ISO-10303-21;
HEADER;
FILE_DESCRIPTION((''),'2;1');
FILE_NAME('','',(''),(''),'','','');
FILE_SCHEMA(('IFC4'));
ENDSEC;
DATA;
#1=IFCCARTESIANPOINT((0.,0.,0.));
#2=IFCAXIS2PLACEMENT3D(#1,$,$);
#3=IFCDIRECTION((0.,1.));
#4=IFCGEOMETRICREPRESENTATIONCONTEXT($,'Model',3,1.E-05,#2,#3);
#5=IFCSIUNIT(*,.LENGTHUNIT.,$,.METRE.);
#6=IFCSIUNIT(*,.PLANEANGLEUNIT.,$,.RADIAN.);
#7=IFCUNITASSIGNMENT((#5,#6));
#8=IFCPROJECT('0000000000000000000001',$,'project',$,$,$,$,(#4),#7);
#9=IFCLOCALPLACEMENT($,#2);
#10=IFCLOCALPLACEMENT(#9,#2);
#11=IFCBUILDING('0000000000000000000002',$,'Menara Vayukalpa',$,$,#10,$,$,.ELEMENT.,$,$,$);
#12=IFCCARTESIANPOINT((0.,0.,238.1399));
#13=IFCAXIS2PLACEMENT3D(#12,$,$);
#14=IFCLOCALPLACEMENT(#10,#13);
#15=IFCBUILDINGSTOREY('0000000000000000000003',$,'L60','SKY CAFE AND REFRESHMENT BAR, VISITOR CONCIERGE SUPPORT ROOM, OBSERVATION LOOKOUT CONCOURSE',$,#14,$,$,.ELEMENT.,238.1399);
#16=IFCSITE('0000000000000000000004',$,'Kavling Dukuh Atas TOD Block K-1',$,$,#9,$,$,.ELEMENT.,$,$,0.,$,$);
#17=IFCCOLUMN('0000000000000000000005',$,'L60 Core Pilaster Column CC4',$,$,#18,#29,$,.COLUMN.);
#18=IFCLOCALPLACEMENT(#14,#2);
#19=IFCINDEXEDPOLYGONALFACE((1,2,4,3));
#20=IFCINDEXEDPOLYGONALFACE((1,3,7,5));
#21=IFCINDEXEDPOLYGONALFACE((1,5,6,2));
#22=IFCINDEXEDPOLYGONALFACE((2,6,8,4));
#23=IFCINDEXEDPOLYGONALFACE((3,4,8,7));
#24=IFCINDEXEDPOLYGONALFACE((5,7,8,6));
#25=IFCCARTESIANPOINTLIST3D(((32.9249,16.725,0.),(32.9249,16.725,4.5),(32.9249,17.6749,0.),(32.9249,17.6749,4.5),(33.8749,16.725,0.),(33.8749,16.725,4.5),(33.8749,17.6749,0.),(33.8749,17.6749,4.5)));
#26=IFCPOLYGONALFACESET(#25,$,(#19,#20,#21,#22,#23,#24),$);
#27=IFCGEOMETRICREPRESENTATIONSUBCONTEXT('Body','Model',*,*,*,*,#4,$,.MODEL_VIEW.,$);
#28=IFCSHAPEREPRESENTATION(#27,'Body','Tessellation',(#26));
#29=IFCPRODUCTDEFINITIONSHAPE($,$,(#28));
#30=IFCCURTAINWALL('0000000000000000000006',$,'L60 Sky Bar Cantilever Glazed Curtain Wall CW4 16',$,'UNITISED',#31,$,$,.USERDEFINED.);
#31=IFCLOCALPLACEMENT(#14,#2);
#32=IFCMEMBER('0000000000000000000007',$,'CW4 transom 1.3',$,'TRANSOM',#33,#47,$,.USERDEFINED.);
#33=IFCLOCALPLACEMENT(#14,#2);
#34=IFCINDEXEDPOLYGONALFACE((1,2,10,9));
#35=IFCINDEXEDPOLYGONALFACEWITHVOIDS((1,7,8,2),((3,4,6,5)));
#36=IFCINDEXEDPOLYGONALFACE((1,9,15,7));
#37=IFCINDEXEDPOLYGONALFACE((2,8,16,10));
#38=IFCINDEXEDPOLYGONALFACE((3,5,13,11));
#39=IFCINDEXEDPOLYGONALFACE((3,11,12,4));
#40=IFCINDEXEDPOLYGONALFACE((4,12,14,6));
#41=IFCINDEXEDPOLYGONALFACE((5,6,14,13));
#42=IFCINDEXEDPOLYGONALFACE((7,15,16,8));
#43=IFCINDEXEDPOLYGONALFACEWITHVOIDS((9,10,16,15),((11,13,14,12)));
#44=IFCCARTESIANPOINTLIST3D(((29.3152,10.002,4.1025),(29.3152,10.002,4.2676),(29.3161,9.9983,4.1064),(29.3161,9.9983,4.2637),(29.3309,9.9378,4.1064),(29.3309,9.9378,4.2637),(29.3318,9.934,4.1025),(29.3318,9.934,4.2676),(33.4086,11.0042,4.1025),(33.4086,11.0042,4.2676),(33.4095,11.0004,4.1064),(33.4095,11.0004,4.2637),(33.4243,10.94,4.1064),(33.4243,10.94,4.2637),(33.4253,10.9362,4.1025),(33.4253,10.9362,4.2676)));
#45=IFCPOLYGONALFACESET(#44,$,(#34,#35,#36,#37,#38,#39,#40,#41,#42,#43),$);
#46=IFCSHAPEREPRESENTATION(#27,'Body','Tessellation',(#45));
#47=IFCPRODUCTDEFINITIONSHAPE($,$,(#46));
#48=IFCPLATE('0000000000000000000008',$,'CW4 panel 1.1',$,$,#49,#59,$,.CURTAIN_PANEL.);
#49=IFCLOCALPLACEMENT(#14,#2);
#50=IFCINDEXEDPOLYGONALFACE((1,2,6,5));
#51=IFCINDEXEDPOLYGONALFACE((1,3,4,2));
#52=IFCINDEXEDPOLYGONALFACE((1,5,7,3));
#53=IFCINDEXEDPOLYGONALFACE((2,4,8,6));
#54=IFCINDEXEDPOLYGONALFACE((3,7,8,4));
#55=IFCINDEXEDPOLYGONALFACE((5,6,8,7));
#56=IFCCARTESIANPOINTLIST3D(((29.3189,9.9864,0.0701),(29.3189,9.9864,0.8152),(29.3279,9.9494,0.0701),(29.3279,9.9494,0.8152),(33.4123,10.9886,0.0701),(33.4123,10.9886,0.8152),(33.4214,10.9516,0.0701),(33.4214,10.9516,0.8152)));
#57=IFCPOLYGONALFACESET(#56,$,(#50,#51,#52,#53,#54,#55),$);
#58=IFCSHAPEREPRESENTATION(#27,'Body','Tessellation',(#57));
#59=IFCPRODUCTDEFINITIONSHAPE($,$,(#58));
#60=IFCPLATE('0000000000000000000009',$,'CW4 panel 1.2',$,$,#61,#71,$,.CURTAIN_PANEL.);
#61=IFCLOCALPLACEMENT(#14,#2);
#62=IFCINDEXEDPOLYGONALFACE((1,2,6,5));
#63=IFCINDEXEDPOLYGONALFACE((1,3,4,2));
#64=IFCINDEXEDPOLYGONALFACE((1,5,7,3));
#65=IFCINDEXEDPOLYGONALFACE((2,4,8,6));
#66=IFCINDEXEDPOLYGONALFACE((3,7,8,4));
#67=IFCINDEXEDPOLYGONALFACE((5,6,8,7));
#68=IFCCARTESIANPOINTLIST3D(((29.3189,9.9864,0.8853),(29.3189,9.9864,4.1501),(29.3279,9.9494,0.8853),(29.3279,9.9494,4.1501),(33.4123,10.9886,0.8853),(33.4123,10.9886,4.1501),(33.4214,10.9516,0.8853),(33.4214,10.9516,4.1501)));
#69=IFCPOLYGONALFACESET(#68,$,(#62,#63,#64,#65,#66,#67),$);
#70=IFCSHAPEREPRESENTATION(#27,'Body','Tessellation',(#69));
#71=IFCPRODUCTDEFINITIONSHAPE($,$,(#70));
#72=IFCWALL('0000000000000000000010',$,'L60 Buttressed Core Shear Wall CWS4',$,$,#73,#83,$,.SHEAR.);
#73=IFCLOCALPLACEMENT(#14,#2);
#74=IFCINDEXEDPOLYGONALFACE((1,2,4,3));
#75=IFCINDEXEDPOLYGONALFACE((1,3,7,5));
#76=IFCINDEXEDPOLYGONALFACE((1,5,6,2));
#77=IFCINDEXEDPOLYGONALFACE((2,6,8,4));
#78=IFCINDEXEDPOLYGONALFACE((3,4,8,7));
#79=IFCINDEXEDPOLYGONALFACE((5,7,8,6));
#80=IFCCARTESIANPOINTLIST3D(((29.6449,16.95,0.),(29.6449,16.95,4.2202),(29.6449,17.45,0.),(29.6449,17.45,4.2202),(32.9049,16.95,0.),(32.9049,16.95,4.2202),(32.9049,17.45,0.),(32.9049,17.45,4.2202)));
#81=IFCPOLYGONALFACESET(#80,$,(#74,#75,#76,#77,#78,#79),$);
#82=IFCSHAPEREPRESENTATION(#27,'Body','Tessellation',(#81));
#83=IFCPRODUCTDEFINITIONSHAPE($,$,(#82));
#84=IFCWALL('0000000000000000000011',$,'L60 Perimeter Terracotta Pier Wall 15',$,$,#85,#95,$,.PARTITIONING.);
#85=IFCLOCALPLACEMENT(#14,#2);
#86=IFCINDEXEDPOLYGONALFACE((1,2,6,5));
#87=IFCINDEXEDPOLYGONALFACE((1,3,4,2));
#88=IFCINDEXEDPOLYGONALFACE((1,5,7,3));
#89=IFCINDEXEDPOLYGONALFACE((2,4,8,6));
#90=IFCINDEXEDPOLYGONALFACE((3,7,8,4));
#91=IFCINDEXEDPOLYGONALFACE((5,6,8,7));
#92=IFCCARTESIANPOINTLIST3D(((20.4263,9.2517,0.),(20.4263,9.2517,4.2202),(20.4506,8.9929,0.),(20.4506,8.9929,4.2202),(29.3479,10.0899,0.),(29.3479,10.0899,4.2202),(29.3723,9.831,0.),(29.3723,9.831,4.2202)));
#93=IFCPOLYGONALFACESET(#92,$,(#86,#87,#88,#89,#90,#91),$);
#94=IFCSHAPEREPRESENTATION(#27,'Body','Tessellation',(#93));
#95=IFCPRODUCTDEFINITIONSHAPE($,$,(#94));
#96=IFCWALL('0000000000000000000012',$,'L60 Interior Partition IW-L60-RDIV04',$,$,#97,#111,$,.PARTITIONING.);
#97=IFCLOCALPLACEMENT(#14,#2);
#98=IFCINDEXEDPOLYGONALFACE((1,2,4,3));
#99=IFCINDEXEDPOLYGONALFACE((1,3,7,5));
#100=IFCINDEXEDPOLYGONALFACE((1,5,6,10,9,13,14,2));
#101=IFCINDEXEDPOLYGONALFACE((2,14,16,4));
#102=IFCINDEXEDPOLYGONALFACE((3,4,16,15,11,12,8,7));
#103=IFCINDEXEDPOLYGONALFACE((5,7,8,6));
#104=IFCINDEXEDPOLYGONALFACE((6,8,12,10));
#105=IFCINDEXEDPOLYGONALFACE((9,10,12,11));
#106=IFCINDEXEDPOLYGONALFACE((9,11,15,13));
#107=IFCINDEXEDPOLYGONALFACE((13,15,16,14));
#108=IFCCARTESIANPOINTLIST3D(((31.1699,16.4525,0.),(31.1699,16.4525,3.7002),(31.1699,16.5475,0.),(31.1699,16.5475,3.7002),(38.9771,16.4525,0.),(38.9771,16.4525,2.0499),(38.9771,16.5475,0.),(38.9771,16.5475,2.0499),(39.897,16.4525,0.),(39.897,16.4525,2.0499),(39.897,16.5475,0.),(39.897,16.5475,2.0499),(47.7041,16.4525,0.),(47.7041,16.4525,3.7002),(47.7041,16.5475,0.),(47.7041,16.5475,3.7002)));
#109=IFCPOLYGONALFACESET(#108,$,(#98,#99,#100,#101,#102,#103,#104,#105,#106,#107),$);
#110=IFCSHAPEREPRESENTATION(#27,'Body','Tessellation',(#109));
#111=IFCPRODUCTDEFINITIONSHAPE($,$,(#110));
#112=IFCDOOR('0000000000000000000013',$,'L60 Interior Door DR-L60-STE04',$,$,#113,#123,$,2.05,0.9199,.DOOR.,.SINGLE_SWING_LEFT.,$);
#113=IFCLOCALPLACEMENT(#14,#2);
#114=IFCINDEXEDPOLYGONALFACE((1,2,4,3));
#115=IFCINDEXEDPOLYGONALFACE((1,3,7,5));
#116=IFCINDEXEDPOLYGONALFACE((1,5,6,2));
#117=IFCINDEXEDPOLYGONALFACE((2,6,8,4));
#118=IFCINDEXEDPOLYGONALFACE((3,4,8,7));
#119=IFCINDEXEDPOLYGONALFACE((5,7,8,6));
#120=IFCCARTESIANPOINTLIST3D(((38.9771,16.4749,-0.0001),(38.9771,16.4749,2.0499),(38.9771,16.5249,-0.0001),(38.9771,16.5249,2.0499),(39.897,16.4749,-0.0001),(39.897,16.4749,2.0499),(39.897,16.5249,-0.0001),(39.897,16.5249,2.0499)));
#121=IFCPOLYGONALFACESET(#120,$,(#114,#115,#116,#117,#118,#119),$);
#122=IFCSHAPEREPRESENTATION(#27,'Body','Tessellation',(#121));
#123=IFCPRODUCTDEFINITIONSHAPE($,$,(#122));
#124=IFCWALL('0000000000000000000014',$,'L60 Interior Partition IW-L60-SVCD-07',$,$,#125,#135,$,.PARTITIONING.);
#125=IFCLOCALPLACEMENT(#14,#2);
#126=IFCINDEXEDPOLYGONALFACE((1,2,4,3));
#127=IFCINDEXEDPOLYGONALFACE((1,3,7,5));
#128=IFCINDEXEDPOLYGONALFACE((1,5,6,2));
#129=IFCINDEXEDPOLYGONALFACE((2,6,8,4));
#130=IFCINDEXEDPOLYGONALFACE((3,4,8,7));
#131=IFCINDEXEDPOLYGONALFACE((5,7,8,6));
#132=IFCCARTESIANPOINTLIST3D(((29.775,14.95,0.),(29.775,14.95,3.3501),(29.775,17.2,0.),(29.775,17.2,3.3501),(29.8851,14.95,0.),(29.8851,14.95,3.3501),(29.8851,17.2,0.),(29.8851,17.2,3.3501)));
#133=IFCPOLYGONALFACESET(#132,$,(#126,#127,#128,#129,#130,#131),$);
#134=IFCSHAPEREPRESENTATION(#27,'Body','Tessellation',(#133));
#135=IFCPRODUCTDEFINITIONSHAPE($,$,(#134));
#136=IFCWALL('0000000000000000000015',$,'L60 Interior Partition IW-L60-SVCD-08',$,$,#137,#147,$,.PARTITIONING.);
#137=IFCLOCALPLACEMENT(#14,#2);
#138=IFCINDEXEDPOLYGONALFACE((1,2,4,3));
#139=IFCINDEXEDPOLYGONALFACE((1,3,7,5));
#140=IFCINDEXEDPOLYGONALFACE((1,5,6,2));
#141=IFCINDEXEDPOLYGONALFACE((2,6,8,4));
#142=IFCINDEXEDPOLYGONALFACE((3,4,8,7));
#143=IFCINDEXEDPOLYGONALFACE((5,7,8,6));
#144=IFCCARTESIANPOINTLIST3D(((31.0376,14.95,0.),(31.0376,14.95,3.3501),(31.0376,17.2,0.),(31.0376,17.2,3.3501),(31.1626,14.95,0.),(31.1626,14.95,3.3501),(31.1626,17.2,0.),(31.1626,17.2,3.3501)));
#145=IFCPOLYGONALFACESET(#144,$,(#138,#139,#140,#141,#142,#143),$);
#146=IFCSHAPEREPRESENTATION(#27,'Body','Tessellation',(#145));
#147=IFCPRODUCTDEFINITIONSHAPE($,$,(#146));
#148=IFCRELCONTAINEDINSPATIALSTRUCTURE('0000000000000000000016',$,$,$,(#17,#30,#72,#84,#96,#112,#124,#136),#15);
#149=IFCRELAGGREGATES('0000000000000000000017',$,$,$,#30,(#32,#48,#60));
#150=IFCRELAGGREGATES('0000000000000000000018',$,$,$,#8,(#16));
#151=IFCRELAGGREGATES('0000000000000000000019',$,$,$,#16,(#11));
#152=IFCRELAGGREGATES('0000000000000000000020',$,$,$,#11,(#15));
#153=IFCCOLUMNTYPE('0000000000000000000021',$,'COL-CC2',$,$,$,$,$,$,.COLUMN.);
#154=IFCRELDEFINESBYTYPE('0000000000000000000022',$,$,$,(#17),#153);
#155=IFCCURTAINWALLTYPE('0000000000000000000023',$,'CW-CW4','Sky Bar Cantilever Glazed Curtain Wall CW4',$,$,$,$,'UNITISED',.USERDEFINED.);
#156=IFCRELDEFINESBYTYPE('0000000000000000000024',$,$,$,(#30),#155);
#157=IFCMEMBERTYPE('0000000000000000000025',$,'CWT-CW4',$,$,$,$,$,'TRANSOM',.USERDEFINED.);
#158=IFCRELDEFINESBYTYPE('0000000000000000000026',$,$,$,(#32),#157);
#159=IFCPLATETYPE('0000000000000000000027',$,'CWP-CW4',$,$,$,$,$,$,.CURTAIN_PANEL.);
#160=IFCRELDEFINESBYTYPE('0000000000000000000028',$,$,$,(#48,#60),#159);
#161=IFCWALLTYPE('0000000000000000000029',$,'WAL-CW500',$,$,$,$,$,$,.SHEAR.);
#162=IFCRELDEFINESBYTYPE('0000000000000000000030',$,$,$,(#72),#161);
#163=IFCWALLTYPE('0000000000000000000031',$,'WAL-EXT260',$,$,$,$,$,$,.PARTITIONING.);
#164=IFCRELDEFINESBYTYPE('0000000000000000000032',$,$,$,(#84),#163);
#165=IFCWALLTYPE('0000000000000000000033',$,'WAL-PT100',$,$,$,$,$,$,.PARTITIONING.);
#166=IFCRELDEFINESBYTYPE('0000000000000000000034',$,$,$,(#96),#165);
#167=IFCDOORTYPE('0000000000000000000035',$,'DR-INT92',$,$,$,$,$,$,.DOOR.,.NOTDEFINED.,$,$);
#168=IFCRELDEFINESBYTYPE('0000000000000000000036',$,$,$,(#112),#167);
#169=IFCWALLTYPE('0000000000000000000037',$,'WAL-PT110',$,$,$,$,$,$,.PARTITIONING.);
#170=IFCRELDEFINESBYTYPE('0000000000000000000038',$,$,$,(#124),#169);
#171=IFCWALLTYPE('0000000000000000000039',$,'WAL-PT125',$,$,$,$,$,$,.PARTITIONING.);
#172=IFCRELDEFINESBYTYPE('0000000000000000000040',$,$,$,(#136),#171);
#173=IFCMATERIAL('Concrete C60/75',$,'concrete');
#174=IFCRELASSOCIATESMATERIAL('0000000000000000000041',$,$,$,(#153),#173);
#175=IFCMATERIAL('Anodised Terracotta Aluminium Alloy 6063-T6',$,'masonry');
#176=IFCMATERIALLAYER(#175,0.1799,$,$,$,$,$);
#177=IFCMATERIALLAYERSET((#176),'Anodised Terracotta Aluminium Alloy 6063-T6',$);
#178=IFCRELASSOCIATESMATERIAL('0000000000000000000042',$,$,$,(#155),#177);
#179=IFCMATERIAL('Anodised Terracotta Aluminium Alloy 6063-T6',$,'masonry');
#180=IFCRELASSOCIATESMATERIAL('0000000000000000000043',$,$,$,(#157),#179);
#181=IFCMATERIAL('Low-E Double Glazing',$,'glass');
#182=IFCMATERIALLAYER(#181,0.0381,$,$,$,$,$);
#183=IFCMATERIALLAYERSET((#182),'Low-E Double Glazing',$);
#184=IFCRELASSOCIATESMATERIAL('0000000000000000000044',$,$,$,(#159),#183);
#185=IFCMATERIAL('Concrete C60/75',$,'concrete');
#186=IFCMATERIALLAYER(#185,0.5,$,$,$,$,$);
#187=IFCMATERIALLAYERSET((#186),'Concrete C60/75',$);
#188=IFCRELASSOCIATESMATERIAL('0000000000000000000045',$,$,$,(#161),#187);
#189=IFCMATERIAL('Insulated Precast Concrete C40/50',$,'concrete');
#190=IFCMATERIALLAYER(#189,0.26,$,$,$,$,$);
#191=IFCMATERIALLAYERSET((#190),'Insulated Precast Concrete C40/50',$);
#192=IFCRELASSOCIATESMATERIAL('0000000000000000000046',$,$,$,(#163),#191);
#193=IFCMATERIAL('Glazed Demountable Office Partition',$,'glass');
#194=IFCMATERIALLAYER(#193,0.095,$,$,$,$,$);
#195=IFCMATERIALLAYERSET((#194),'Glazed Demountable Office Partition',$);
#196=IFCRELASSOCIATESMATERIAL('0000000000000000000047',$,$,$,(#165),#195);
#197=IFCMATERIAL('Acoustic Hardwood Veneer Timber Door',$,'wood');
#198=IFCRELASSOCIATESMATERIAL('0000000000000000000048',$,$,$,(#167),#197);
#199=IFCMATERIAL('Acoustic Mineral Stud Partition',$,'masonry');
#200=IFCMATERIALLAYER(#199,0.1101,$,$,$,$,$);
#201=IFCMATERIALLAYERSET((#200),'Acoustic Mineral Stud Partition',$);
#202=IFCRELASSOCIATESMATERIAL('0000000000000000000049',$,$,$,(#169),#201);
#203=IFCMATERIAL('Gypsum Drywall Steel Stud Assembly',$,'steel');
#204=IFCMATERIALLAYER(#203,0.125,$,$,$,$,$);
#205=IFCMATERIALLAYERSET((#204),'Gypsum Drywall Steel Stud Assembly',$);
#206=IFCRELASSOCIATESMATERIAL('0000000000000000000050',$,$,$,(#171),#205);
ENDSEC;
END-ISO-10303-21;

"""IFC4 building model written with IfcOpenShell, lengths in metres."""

from ifc_helpers import new_model, si_unit, direction, frame, frame_2d, origin, origin_2d, place, context, subcontext, project, spatial, rectangle, hollow_rectangle, extrude, material, layer, layer_set, material_profile, profile_set, type_object, element, fill, aggregate, save


model = new_model("IFC4")

# Units and contexts
model_context = context("Model", 3, precision=1e-05, world=origin(), true_north=direction((0.0, 1.0)))
body_context = subcontext(model_context, "Body", "Model", "MODEL_VIEW")
ifc_project = project(units=[si_unit("LENGTHUNIT", "METRE"), si_unit("PLANEANGLEUNIT", "RADIAN")], contexts=[model_context])

# Site, building, storey
site_placement = place(None, origin())
site = spatial("IfcSite", under=ifc_project, at=site_placement, Name="Kavling Dukuh Atas TOD Block K-1", CompositionType="ELEMENT", RefElevation=0.0)
building_placement = place(site_placement, origin())
building = spatial("IfcBuilding", under=site, at=building_placement, Name="Menara Vayukalpa", CompositionType="ELEMENT")
storey_placement = place(building_placement, frame((0.0, 0.0, 238.1399)))
storey = spatial("IfcBuildingStorey", under=building, at=storey_placement, Name="L60", Description="SKY CAFE AND REFRESHMENT BAR, VISITOR CONCIERGE SUPPORT ROOM, OBSERVATION LOOKOUT CONCOURSE", CompositionType="ELEMENT", Elevation=238.1399)

# Column
ifc_material_1 = material(Name="Concrete C60/75", Category="concrete")
ifc_material_profile_1 = material_profile(ifc_material_1, rectangle(XDim=0.95, YDim=0.95, at=origin_2d()), Name="RC 950x950")
ifc_profile_set_1 = profile_set([ifc_material_profile_1], Name="Concrete C60/75")
column_type = type_object("IfcColumnType", Name="COL-CC2", PredefinedType="COLUMN", material=ifc_profile_set_1)
column_placement = place(storey_placement, frame((33.3999, 17.2, 0.0), z_axis=(0.0, 0.0, 1.0), x_axis=(1.0, 0.0, 0.0)))
element("IfcColumn", 1, at=column_placement, inside=storey, type_object=column_type, Name="L60 Core Pilaster Column CC4", PredefinedType="COLUMN", context=body_context, shape_type="SweptSolid", body=[
    extrude(rectangle(XDim=0.95, YDim=0.95, at=origin_2d()), origin(), (0.0, 0.0, 1.0), 4.5),
])

# Curtain wall, member, plates
ifc_material_2 = material(Name="Anodised Terracotta Aluminium Alloy 6063-T6", Category="masonry")
ifc_layer_1 = layer(ifc_material_2, 0.1799)
ifc_layer_set_1 = layer_set([ifc_layer_1], Name="Anodised Terracotta Aluminium Alloy 6063-T6")
curtain_wall_type = type_object("IfcCurtainWallType", Name="CW-CW4", Description="Sky Bar Cantilever Glazed Curtain Wall CW4", ElementType="UNITISED", PredefinedType="USERDEFINED", material=ifc_layer_set_1)
curtain_wall_placement = place(storey_placement, origin())
curtain_wall = element("IfcCurtainWall", 2, at=curtain_wall_placement, inside=storey, type_object=curtain_wall_type, Name="L60 Sky Bar Cantilever Glazed Curtain Wall CW4 16", ObjectType="UNITISED", PredefinedType="USERDEFINED")
ifc_material_3 = material(Name="Anodised Terracotta Aluminium Alloy 6063-T6", Category="masonry")
ifc_material_profile_2 = material_profile(ifc_material_3, hollow_rectangle(XDim=0.0701, YDim=0.165, WallThickness=0.0039, at=origin_2d()), Name="ALU 70x165x4")
ifc_profile_set_2 = profile_set([ifc_material_profile_2], Name="Anodised Terracotta Aluminium Alloy 6063-T6")
member_type = type_object("IfcMemberType", Name="CWT-CW4", ElementType="TRANSOM", PredefinedType="USERDEFINED", material=ifc_profile_set_2)
member_placement = place(storey_placement, frame((29.3235, 9.968, 4.1851), z_axis=(0.971313, 0.237803, 0.0), x_axis=(-0.237803, 0.971313, 0.0)))
member = element("IfcMember", 3, at=member_placement, type_object=member_type, Name="CW4 transom 1.3", ObjectType="TRANSOM", PredefinedType="USERDEFINED", context=body_context, shape_type="SweptSolid", body=[
    extrude(hollow_rectangle(XDim=0.0701, YDim=0.165, WallThickness=0.0039, at=origin_2d()), origin(), (0.0, 0.0, 1.0), 4.2144),
])
ifc_material_4 = material(Name="Low-E Double Glazing", Category="glass")
ifc_layer_2 = layer(ifc_material_4, 0.0381)
ifc_layer_set_2 = layer_set([ifc_layer_2], Name="Low-E Double Glazing")
plate_type = type_object("IfcPlateType", Name="CWP-CW4", PredefinedType="CURTAIN_PANEL", material=ifc_layer_set_2)
plate_1_placement = place(storey_placement, frame((31.3701, 10.469, 0.0701), z_axis=(0.0, 0.0, 1.0), x_axis=(0.971312, 0.23781, 0.0)))
plate_1 = element("IfcPlate", 4, at=plate_1_placement, type_object=plate_type, Name="CW4 panel 1.1", PredefinedType="CURTAIN_PANEL", context=body_context, shape_type="SweptSolid", body=[
    extrude(rectangle(XDim=4.2144, YDim=0.0381, at=origin_2d()), origin(), (0.0, 0.0, 1.0), 0.7451),
])
plate_2_placement = place(storey_placement, frame((31.3701, 10.469, 0.8853), z_axis=(0.0, 0.0, 1.0), x_axis=(0.971312, 0.23781, 0.0)))
plate_2 = element("IfcPlate", 5, at=plate_2_placement, type_object=plate_type, Name="CW4 panel 1.2", PredefinedType="CURTAIN_PANEL", context=body_context, shape_type="SweptSolid", body=[
    extrude(rectangle(XDim=4.2144, YDim=0.0381, at=origin_2d()), origin(), (0.0, 0.0, 1.0), 3.2649),
])
aggregate(curtain_wall, [member, plate_1, plate_2])

# Walls
ifc_material_5 = material(Name="Concrete C60/75", Category="concrete")
ifc_layer_3 = layer(ifc_material_5, 0.5)
ifc_layer_set_3 = layer_set([ifc_layer_3], Name="Concrete C60/75")
wall_type_1 = type_object("IfcWallType", Name="WAL-CW500", PredefinedType="SHEAR", material=ifc_layer_set_3)
wall_1_placement = place(storey_placement, frame((29.645, 17.2, 0.0), z_axis=(0.0, 0.0, 1.0), x_axis=(1.0, 0.0, 0.0)))
element("IfcWall", 6, at=wall_1_placement, inside=storey, type_object=wall_type_1, Name="L60 Buttressed Core Shear Wall CWS4", PredefinedType="SHEAR", context=body_context, shape_type="SweptSolid", body=[
    extrude(rectangle(XDim=3.26, YDim=0.5, at=frame_2d((1.6299, 0.0))), origin(), (0.0, 0.0, 1.0), 4.2202),
])
ifc_material_6 = material(Name="Insulated Precast Concrete C40/50", Category="concrete")
ifc_layer_4 = layer(ifc_material_6, 0.26)
ifc_layer_set_4 = layer_set([ifc_layer_4], Name="Insulated Precast Concrete C40/50")
wall_type_2 = type_object("IfcWallType", Name="WAL-EXT260", PredefinedType="PARTITIONING", material=ifc_layer_set_4)
wall_2_placement = place(storey_placement, frame((29.3601, 9.9604, 0.0), z_axis=(0.0, 0.0, 1.0), x_axis=(-0.995616, -0.093532, 0.0)))
element("IfcWall", 7, at=wall_2_placement, inside=storey, type_object=wall_type_2, Name="L60 Perimeter Terracotta Pier Wall 15", PredefinedType="PARTITIONING", context=body_context, shape_type="SweptSolid", body=[
    extrude(rectangle(XDim=8.9609, YDim=0.26, at=frame_2d((4.4805, 0.0))), origin(), (0.0, 0.0, 1.0), 4.2202),
])

# Wall, opening, door
ifc_material_7 = material(Name="Glazed Demountable Office Partition", Category="glass")
ifc_layer_5 = layer(ifc_material_7, 0.095)
ifc_layer_set_5 = layer_set([ifc_layer_5], Name="Glazed Demountable Office Partition")
wall_type_3 = type_object("IfcWallType", Name="WAL-PT100", PredefinedType="PARTITIONING", material=ifc_layer_set_5)
wall_3_placement = place(storey_placement, frame((31.1699, 16.5, 0.0), z_axis=(0.0, 0.0, 1.0), x_axis=(1.0, 0.0, 0.0)))
wall_3 = element("IfcWall", 8, at=wall_3_placement, inside=storey, type_object=wall_type_3, Name="L60 Interior Partition IW-L60-RDIV04", PredefinedType="PARTITIONING", context=body_context, shape_type="SweptSolid", body=[
    extrude(rectangle(XDim=16.5342, YDim=0.095, at=frame_2d((8.2671, 0.0))), origin(), (0.0, 0.0, 1.0), 3.7002),
])
opening_1_placement = place(wall_3_placement, frame((7.8071, 0.0, 0.0)))
opening_1 = element("IfcOpeningElement", 9, at=opening_1_placement, cuts=wall_3, PredefinedType="OPENING", context=body_context, shape_type="SweptSolid", body=[
    extrude(rectangle(XDim=0.9199, YDim=2.05, at=frame_2d((0.46, 1.0249))), frame((0.0, 0.0574, 0.0), z_axis=(0.0, -1.0, 0.0), x_axis=(1.0, 0.0, 0.0)), (0.0, 0.0, 1.0), 0.115),
])
ifc_material_8 = material(Name="Acoustic Hardwood Veneer Timber Door", Category="wood")
door_type_1 = type_object("IfcDoorType", Name="DR-INT92", OperationType="NOTDEFINED", PredefinedType="DOOR", material=ifc_material_8)
door_1_placement = place(opening_1_placement, origin())
door_1 = element("IfcDoor", 10, at=door_1_placement, inside=storey, type_object=door_type_1, Name="L60 Interior Door DR-L60-STE04", OperationType="SINGLE_SWING_LEFT", OverallHeight=2.05, OverallWidth=0.9199, PredefinedType="DOOR", context=body_context, shape_type="SweptSolid", body=[
    extrude(rectangle(XDim=0.9199, YDim=2.05, at=frame_2d((0.46, 1.0249))), frame((0.0, 0.0249, 0.0), z_axis=(0.0, -1.0, 0.0), x_axis=(1.0, 0.0, 0.0)), (0.0, 0.0, 1.0), 0.05),
])
fill(opening_1, door_1)

# Walls
ifc_material_9 = material(Name="Acoustic Mineral Stud Partition", Category="masonry")
ifc_layer_6 = layer(ifc_material_9, 0.1101)
ifc_layer_set_6 = layer_set([ifc_layer_6], Name="Acoustic Mineral Stud Partition")
wall_type_4 = type_object("IfcWallType", Name="WAL-PT110", PredefinedType="PARTITIONING", material=ifc_layer_set_6)
wall_4_placement = place(storey_placement, frame((29.8301, 14.95, 0.0), z_axis=(0.0, 0.0, 1.0), x_axis=(0.0, 1.0, 0.0)))
element("IfcWall", 11, at=wall_4_placement, inside=storey, type_object=wall_type_4, Name="L60 Interior Partition IW-L60-SVCD-07", PredefinedType="PARTITIONING", context=body_context, shape_type="SweptSolid", body=[
    extrude(rectangle(XDim=2.25, YDim=0.1101, at=frame_2d((1.125, 0.0))), origin(), (0.0, 0.0, 1.0), 3.3501),
])
ifc_material_10 = material(Name="Gypsum Drywall Steel Stud Assembly", Category="steel")
ifc_layer_7 = layer(ifc_material_10, 0.125)
ifc_layer_set_7 = layer_set([ifc_layer_7], Name="Gypsum Drywall Steel Stud Assembly")
wall_type_5 = type_object("IfcWallType", Name="WAL-PT125", PredefinedType="PARTITIONING", material=ifc_layer_set_7)
wall_5_placement = place(storey_placement, frame((31.1001, 14.95, 0.0), z_axis=(0.0, 0.0, 1.0), x_axis=(0.0, 1.0, 0.0)))
element("IfcWall", 12, at=wall_5_placement, inside=storey, type_object=wall_type_5, Name="L60 Interior Partition IW-L60-SVCD-08", PredefinedType="PARTITIONING", context=body_context, shape_type="SweptSolid", body=[
    extrude(rectangle(XDim=2.25, YDim=0.125, at=frame_2d((1.125, 0.0))), origin(), (0.0, 0.0, 1.0), 3.3501),
])

save(model, "model.ifc")
